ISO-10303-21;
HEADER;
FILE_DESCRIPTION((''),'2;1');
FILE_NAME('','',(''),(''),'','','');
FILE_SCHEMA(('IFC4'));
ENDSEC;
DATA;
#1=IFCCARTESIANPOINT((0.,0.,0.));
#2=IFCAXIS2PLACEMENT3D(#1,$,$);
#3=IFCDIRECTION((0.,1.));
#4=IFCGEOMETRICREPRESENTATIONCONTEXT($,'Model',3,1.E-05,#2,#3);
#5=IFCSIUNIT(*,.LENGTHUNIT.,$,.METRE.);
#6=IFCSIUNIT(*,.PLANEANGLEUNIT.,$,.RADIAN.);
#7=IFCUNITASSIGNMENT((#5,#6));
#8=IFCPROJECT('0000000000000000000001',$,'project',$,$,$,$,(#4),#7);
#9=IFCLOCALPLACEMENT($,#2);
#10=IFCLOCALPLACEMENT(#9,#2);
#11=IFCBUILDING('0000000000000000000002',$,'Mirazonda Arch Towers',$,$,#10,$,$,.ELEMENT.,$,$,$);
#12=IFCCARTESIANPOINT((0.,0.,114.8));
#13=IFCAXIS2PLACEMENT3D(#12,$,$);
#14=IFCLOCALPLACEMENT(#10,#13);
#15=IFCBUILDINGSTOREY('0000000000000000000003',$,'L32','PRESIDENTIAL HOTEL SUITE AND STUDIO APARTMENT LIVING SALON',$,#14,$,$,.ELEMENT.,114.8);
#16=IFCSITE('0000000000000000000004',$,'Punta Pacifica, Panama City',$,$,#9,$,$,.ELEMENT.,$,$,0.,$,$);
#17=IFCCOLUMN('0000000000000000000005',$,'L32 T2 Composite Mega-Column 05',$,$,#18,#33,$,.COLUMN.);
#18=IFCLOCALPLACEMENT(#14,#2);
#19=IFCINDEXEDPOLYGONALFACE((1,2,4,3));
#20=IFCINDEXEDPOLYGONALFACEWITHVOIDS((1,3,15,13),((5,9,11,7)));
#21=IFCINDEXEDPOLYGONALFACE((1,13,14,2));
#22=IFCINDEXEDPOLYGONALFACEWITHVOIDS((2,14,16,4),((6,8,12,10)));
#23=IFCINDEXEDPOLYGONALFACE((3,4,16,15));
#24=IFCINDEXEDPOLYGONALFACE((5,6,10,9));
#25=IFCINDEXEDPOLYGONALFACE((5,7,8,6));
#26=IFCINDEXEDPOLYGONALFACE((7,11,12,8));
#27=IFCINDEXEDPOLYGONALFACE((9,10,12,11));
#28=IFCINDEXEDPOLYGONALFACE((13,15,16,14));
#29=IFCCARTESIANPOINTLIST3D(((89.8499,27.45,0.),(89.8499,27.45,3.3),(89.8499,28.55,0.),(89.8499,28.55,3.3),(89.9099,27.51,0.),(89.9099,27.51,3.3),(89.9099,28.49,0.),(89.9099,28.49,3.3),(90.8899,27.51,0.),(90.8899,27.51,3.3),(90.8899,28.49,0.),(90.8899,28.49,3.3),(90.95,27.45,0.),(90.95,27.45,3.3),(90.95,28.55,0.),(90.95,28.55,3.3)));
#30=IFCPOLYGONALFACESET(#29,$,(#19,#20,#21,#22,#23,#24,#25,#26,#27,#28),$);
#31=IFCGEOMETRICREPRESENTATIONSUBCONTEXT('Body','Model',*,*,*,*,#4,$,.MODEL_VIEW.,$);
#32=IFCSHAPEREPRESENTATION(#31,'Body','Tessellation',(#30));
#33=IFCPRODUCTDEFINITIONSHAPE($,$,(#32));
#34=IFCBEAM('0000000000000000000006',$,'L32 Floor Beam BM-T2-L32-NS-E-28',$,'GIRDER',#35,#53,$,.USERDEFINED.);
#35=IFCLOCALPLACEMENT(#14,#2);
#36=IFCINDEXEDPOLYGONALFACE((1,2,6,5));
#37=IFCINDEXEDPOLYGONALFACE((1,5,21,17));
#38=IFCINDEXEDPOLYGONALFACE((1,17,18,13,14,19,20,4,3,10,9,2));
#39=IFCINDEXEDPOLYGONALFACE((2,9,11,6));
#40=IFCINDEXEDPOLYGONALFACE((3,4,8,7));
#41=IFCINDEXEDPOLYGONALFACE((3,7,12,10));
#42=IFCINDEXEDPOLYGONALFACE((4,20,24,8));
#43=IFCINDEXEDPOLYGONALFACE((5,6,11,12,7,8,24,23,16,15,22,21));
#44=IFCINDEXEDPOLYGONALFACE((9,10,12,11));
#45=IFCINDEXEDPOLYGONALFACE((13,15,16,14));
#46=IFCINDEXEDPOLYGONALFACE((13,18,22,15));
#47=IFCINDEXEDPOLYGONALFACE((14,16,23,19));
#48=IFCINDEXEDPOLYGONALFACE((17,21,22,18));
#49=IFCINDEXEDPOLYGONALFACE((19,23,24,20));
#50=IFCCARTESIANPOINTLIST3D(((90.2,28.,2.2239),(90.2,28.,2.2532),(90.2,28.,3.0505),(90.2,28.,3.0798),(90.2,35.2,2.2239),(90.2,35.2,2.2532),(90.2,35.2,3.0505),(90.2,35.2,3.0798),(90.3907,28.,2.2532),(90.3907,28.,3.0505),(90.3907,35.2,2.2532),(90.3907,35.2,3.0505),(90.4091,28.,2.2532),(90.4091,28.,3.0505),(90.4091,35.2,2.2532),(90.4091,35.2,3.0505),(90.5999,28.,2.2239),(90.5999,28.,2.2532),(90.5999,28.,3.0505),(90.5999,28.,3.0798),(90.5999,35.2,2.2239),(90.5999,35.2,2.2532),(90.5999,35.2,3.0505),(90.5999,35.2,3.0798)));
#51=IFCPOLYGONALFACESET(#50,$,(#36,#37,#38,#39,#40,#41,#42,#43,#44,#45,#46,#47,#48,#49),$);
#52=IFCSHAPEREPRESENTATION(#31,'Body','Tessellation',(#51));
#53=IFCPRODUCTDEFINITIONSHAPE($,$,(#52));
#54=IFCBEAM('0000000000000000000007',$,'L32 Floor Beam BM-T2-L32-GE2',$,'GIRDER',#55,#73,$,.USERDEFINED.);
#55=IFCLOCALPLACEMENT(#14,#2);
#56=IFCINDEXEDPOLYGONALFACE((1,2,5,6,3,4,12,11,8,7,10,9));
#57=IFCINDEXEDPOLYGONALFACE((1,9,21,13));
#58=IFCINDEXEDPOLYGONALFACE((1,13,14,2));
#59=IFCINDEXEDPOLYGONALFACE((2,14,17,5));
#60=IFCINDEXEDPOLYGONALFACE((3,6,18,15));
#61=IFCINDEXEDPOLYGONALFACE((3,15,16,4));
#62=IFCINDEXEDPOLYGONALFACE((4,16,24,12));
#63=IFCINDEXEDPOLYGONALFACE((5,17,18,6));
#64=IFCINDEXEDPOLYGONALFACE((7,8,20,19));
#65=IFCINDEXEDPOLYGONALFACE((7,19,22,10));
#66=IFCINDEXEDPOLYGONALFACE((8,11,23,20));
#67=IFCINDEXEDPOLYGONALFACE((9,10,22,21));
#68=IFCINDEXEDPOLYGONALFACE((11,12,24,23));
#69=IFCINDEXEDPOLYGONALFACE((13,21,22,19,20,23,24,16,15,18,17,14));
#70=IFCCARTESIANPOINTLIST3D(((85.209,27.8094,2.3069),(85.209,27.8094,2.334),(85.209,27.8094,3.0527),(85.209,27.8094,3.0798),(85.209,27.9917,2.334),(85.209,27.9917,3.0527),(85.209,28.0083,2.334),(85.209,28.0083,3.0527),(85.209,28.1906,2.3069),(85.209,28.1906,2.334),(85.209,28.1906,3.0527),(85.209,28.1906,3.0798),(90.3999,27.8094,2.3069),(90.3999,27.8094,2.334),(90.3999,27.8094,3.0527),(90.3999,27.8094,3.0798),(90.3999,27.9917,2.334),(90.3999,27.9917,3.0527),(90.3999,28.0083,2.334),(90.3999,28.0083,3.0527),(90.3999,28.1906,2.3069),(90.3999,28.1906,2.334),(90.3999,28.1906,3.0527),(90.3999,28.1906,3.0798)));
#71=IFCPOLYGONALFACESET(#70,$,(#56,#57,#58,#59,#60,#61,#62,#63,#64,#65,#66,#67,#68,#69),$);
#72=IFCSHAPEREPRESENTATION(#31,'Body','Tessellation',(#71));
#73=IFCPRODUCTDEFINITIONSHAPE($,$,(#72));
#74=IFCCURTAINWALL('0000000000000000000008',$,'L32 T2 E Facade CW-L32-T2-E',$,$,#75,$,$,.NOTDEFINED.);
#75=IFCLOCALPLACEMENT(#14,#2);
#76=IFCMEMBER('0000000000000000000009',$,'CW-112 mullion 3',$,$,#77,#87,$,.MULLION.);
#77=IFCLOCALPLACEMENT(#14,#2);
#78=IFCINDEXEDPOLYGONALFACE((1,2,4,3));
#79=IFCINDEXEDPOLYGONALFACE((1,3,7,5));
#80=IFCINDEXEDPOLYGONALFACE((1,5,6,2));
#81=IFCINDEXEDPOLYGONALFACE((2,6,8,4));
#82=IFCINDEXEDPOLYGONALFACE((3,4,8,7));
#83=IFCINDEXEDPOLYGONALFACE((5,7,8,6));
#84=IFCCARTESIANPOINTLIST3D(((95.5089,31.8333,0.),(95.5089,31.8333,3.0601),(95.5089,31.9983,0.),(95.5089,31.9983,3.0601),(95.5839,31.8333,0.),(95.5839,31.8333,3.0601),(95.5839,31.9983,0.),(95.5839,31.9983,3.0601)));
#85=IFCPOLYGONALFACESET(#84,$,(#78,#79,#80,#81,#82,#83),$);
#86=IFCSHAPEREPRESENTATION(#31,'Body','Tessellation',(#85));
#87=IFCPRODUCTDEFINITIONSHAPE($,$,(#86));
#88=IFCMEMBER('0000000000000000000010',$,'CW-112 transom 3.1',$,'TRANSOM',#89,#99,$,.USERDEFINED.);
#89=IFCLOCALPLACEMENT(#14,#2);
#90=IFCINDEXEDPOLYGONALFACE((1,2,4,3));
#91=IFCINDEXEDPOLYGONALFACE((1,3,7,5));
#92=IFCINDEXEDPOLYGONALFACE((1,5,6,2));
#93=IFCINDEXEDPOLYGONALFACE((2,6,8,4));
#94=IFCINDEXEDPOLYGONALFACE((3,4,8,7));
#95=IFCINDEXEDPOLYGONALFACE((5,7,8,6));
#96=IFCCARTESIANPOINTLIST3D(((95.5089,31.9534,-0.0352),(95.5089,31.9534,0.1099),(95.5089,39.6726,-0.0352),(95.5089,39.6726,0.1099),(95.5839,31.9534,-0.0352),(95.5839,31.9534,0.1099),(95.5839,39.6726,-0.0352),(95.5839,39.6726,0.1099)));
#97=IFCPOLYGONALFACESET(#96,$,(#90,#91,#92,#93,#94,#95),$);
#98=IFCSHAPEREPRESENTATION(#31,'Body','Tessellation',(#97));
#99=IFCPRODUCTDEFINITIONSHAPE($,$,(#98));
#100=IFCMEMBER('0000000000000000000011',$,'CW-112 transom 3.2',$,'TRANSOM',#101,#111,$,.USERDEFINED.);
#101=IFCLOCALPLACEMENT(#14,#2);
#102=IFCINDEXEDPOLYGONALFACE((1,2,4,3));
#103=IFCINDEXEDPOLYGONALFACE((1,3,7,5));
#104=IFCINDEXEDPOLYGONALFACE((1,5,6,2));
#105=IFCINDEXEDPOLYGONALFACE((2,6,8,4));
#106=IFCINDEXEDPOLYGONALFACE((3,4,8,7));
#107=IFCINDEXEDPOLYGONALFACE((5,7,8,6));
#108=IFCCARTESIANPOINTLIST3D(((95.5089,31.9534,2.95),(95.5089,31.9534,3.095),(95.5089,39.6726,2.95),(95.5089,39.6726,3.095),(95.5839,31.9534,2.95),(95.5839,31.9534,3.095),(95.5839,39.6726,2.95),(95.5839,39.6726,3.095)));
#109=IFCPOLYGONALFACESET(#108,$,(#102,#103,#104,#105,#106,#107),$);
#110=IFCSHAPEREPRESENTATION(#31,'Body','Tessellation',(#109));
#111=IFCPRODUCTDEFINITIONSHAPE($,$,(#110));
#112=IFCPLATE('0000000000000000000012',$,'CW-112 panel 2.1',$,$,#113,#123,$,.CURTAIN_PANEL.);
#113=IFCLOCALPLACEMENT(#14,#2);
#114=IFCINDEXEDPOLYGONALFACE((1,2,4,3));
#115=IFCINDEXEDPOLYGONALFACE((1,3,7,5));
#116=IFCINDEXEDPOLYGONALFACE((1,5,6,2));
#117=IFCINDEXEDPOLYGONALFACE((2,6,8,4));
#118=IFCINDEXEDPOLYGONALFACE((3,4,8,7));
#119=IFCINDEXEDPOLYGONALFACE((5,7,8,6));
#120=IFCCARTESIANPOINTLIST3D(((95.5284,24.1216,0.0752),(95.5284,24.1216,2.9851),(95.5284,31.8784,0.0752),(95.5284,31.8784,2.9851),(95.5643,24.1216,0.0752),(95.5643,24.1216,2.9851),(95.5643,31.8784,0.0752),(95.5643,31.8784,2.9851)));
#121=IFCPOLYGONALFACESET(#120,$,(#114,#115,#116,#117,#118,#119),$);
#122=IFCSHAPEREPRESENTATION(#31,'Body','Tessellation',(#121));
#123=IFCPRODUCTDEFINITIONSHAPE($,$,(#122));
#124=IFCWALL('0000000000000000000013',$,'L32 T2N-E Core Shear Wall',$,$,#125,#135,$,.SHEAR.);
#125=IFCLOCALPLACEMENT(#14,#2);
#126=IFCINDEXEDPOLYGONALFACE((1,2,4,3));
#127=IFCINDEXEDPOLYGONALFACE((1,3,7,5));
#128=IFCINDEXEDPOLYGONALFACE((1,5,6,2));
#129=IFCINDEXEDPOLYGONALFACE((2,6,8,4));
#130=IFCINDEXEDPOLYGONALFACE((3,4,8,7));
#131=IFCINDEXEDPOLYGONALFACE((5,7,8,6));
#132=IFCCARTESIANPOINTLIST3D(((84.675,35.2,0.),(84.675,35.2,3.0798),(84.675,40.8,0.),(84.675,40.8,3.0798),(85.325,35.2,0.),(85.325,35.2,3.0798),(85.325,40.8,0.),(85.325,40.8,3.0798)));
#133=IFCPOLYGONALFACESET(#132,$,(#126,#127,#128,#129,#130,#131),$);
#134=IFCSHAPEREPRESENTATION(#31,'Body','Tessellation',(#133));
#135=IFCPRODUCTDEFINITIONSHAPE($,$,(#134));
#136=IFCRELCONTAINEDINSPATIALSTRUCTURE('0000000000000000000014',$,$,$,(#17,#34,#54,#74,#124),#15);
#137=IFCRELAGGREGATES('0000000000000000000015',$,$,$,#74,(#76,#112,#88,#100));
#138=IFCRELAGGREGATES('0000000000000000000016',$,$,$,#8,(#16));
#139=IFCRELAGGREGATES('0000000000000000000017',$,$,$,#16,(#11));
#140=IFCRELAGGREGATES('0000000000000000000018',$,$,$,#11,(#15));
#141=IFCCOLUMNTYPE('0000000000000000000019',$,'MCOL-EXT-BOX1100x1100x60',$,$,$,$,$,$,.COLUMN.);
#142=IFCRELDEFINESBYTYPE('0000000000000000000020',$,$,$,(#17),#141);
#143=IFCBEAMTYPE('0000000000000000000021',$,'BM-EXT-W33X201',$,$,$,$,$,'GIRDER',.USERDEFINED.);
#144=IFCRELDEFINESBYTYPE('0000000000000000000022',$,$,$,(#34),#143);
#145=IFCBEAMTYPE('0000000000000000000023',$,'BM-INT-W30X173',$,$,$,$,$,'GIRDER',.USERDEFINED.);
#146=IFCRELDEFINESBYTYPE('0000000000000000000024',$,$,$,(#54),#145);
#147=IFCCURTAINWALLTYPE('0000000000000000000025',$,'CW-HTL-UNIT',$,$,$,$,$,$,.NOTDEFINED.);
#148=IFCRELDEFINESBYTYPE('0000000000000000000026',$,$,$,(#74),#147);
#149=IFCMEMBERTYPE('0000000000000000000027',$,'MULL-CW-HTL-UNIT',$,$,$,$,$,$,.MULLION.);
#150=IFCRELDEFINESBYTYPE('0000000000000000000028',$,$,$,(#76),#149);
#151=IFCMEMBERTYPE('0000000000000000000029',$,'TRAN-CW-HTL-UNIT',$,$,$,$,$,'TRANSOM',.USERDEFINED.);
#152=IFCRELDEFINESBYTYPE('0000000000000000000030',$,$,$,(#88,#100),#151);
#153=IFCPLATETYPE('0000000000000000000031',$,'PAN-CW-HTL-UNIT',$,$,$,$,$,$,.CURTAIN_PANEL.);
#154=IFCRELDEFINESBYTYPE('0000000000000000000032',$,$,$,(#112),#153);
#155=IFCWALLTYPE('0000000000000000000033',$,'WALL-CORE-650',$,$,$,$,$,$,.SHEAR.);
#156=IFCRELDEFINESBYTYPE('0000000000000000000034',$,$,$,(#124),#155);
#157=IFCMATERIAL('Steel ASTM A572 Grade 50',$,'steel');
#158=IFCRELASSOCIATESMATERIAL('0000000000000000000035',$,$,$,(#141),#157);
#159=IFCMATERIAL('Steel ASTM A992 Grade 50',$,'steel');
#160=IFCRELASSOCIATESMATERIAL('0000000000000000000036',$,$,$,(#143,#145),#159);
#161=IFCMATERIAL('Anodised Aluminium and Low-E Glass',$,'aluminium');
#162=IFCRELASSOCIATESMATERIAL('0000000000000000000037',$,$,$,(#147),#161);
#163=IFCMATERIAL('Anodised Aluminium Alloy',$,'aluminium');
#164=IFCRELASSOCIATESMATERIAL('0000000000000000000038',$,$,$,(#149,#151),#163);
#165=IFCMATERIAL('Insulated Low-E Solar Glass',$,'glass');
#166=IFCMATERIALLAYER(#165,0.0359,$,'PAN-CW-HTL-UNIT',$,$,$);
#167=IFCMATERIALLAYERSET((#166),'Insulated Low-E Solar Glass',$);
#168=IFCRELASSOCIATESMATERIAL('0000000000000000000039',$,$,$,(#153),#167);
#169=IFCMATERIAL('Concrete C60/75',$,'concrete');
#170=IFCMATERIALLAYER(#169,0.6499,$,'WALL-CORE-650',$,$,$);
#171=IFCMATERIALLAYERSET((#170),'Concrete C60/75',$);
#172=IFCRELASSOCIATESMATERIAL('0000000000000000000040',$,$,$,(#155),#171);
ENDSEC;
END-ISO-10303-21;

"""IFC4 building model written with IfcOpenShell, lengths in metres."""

from ifc_helpers import new_model, si_unit, direction, frame, frame_2d, origin, origin_2d, place, context, subcontext, project, spatial, rectangle, hollow_rectangle, i_section, extrude, material, layer, layer_set, material_profile, profile_set, type_object, element, aggregate, save


model = new_model("IFC4")

# Units and contexts
model_context = context("Model", 3, precision=1e-05, world=origin(), true_north=direction((0.0, 1.0)))
body_context = subcontext(model_context, "Body", "Model", "MODEL_VIEW")
ifc_project = project(units=[si_unit("LENGTHUNIT", "METRE"), si_unit("PLANEANGLEUNIT", "RADIAN")], contexts=[model_context])

# Site, building, storey
site_placement = place(None, origin())
site = spatial("IfcSite", under=ifc_project, at=site_placement, Name="Punta Pacifica, Panama City", CompositionType="ELEMENT", RefElevation=0.0)
building_placement = place(site_placement, origin())
building = spatial("IfcBuilding", under=site, at=building_placement, Name="Mirazonda Arch Towers", CompositionType="ELEMENT")
storey_placement = place(building_placement, frame((0.0, 0.0, 114.8)))
storey = spatial("IfcBuildingStorey", under=building, at=storey_placement, Name="L32", Description="PRESIDENTIAL HOTEL SUITE AND STUDIO APARTMENT LIVING SALON", CompositionType="ELEMENT", Elevation=114.8)

# Column
ifc_material_1 = material(Name="Steel ASTM A572 Grade 50", Category="steel")
ifc_material_profile_1 = material_profile(ifc_material_1, hollow_rectangle(XDim=1.1001, YDim=1.1001, WallThickness=0.0601, at=origin_2d()), Name="BOX1100x1100x60")
ifc_profile_set_1 = profile_set([ifc_material_profile_1], Name="Steel ASTM A572 Grade 50")
column_type = type_object("IfcColumnType", Name="MCOL-EXT-BOX1100x1100x60", PredefinedType="COLUMN", material=ifc_profile_set_1)
column_placement = place(storey_placement, frame((90.3999, 28.0, 0.0), z_axis=(0.0, 0.0, 1.0), x_axis=(1.0, 0.0, 0.0)))
element("IfcColumn", 1, at=column_placement, inside=storey, type_object=column_type, Name="L32 T2 Composite Mega-Column 05", PredefinedType="COLUMN", context=body_context, shape_type="SweptSolid", body=[
    extrude(hollow_rectangle(XDim=1.1001, YDim=1.1001, WallThickness=0.0601, at=origin_2d()), origin(), (0.0, 0.0, 1.0), 3.3),
])

# Beams
ifc_material_2 = material(Name="Steel ASTM A992 Grade 50", Category="steel")
ifc_material_profile_2 = material_profile(ifc_material_2, i_section(OverallWidth=0.3999, OverallDepth=0.856, WebThickness=0.0183, FlangeThickness=0.0293, at=origin_2d()), Name="W33X201")
ifc_profile_set_2 = profile_set([ifc_material_profile_2], Name="Steel ASTM A992 Grade 50")
beam_type_1 = type_object("IfcBeamType", Name="BM-EXT-W33X201", ElementType="GIRDER", PredefinedType="USERDEFINED", material=ifc_profile_set_2)
beam_1_placement = place(storey_placement, frame((90.3999, 28.0, 2.6519), z_axis=(0.0, 1.0, 0.0), x_axis=(-1.0, 0.0, 0.0)))
element("IfcBeam", 2, at=beam_1_placement, inside=storey, type_object=beam_type_1, Name="L32 Floor Beam BM-T2-L32-NS-E-28", ObjectType="GIRDER", PredefinedType="USERDEFINED", context=body_context, shape_type="SweptSolid", body=[
    extrude(i_section(OverallWidth=0.3999, OverallDepth=0.856, WebThickness=0.0183, FlangeThickness=0.0293, at=origin_2d()), origin(), (0.0, 0.0, 1.0), 7.2),
])
ifc_material_profile_3 = material_profile(ifc_material_2, i_section(OverallWidth=0.3811, OverallDepth=0.7729, WebThickness=0.0166, FlangeThickness=0.0271, at=origin_2d()), Name="W30X173")
ifc_profile_set_3 = profile_set([ifc_material_profile_3], Name="Steel ASTM A992 Grade 50")
beam_type_2 = type_object("IfcBeamType", Name="BM-INT-W30X173", ElementType="GIRDER", PredefinedType="USERDEFINED", material=ifc_profile_set_3)
beam_2_placement = place(storey_placement, frame((85.209, 28.0, 2.6934), z_axis=(1.0, 0.0, 0.0), x_axis=(0.0, 1.0, 0.0)))
element("IfcBeam", 3, at=beam_2_placement, inside=storey, type_object=beam_type_2, Name="L32 Floor Beam BM-T2-L32-GE2", ObjectType="GIRDER", PredefinedType="USERDEFINED", context=body_context, shape_type="SweptSolid", body=[
    extrude(i_section(OverallWidth=0.3811, OverallDepth=0.7729, WebThickness=0.0166, FlangeThickness=0.0271, at=origin_2d()), origin(), (0.0, 0.0, 1.0), 5.1909),
])

# Curtain wall, members, plate
ifc_material_3 = material(Name="Anodised Aluminium and Low-E Glass", Category="aluminium")
curtain_wall_type = type_object("IfcCurtainWallType", Name="CW-HTL-UNIT", PredefinedType="NOTDEFINED", material=ifc_material_3)
curtain_wall_placement = place(storey_placement, origin())
curtain_wall = element("IfcCurtainWall", 4, at=curtain_wall_placement, inside=storey, type_object=curtain_wall_type, Name="L32 T2 E Facade CW-L32-T2-E", PredefinedType="NOTDEFINED")
ifc_material_4 = material(Name="Anodised Aluminium Alloy", Category="aluminium")
ifc_material_profile_4 = material_profile(ifc_material_4, rectangle(XDim=0.075, YDim=0.165, at=origin_2d()), Name="ALU-MULL-75x165")
ifc_profile_set_4 = profile_set([ifc_material_profile_4], Name="Anodised Aluminium Alloy")
member_type_1 = type_object("IfcMemberType", Name="MULL-CW-HTL-UNIT", PredefinedType="MULLION", material=ifc_profile_set_4)
member_1_placement = place(storey_placement, frame((95.5464, 31.9158, 0.0), z_axis=(0.0, 0.0, 1.0), x_axis=(-1.0, 0.0, 0.0)))
member_1 = element("IfcMember", 5, at=member_1_placement, type_object=member_type_1, Name="CW-112 mullion 3", PredefinedType="MULLION", context=body_context, shape_type="SweptSolid", body=[
    extrude(rectangle(XDim=0.075, YDim=0.165, at=origin_2d()), origin(), (0.0, 0.0, 1.0), 3.0601),
])
ifc_material_profile_5 = material_profile(ifc_material_4, rectangle(XDim=0.075, YDim=0.145, at=origin_2d()), Name="ALU-TRAN-75x145")
ifc_profile_set_5 = profile_set([ifc_material_profile_5], Name="Anodised Aluminium Alloy")
member_type_2 = type_object("IfcMemberType", Name="TRAN-CW-HTL-UNIT", ElementType="TRANSOM", PredefinedType="USERDEFINED", material=ifc_profile_set_5)
member_2_placement = place(storey_placement, frame((95.5464, 31.9534, 0.0374), z_axis=(0.0, 1.0, 0.0), x_axis=(-1.0, 0.0, 0.0)))
member_2 = element("IfcMember", 6, at=member_2_placement, type_object=member_type_2, Name="CW-112 transom 3.1", ObjectType="TRANSOM", PredefinedType="USERDEFINED", context=body_context, shape_type="SweptSolid", body=[
    extrude(rectangle(XDim=0.075, YDim=0.145, at=origin_2d()), origin(), (0.0, 0.0, 1.0), 7.7192),
])
member_3_placement = place(storey_placement, frame((95.5464, 31.9534, 3.0225), z_axis=(0.0, 1.0, 0.0), x_axis=(-1.0, 0.0, 0.0)))
member_3 = element("IfcMember", 7, at=member_3_placement, type_object=member_type_2, Name="CW-112 transom 3.2", ObjectType="TRANSOM", PredefinedType="USERDEFINED", context=body_context, shape_type="SweptSolid", body=[
    extrude(rectangle(XDim=0.075, YDim=0.145, at=origin_2d()), origin(), (0.0, 0.0, 1.0), 7.7192),
])
ifc_material_5 = material(Name="Insulated Low-E Solar Glass", Category="glass")
ifc_layer_1 = layer(ifc_material_5, 0.0359, Name="PAN-CW-HTL-UNIT")
ifc_layer_set_1 = layer_set([ifc_layer_1], Name="Insulated Low-E Solar Glass")
plate_type = type_object("IfcPlateType", Name="PAN-CW-HTL-UNIT", PredefinedType="CURTAIN_PANEL", material=ifc_layer_set_1)
plate_placement = place(storey_placement, frame((95.5464, 28.0, 0.0752), z_axis=(0.0, 0.0, 1.0), x_axis=(0.0, 1.0, 0.0)))
plate = element("IfcPlate", 8, at=plate_placement, type_object=plate_type, Name="CW-112 panel 2.1", PredefinedType="CURTAIN_PANEL", context=body_context, shape_type="SweptSolid", body=[
    extrude(rectangle(XDim=7.7568, YDim=0.0359, at=origin_2d()), origin(), (0.0, 0.0, 1.0), 2.9099),
])
aggregate(curtain_wall, [member_1, plate, member_2, member_3])

# Wall
ifc_material_6 = material(Name="Concrete C60/75", Category="concrete")
ifc_layer_2 = layer(ifc_material_6, 0.6499, Name="WALL-CORE-650")
ifc_layer_set_2 = layer_set([ifc_layer_2], Name="Concrete C60/75")
wall_type_1 = type_object("IfcWallType", Name="WALL-CORE-650", PredefinedType="SHEAR", material=ifc_layer_set_2)
wall_1_placement = place(storey_placement, frame((85.0, 35.2, 0.0), z_axis=(0.0, 0.0, 1.0), x_axis=(0.0, 1.0, 0.0)))
element("IfcWall", 9, at=wall_1_placement, inside=storey, type_object=wall_type_1, Name="L32 T2N-E Core Shear Wall", PredefinedType="SHEAR", context=body_context, shape_type="SweptSolid", body=[
    extrude(rectangle(XDim=5.6001, YDim=0.6499, at=frame_2d((2.8, 0.0))), origin(), (0.0, 0.0, 1.0), 3.0798),
])

save(model, "model.ifc")
